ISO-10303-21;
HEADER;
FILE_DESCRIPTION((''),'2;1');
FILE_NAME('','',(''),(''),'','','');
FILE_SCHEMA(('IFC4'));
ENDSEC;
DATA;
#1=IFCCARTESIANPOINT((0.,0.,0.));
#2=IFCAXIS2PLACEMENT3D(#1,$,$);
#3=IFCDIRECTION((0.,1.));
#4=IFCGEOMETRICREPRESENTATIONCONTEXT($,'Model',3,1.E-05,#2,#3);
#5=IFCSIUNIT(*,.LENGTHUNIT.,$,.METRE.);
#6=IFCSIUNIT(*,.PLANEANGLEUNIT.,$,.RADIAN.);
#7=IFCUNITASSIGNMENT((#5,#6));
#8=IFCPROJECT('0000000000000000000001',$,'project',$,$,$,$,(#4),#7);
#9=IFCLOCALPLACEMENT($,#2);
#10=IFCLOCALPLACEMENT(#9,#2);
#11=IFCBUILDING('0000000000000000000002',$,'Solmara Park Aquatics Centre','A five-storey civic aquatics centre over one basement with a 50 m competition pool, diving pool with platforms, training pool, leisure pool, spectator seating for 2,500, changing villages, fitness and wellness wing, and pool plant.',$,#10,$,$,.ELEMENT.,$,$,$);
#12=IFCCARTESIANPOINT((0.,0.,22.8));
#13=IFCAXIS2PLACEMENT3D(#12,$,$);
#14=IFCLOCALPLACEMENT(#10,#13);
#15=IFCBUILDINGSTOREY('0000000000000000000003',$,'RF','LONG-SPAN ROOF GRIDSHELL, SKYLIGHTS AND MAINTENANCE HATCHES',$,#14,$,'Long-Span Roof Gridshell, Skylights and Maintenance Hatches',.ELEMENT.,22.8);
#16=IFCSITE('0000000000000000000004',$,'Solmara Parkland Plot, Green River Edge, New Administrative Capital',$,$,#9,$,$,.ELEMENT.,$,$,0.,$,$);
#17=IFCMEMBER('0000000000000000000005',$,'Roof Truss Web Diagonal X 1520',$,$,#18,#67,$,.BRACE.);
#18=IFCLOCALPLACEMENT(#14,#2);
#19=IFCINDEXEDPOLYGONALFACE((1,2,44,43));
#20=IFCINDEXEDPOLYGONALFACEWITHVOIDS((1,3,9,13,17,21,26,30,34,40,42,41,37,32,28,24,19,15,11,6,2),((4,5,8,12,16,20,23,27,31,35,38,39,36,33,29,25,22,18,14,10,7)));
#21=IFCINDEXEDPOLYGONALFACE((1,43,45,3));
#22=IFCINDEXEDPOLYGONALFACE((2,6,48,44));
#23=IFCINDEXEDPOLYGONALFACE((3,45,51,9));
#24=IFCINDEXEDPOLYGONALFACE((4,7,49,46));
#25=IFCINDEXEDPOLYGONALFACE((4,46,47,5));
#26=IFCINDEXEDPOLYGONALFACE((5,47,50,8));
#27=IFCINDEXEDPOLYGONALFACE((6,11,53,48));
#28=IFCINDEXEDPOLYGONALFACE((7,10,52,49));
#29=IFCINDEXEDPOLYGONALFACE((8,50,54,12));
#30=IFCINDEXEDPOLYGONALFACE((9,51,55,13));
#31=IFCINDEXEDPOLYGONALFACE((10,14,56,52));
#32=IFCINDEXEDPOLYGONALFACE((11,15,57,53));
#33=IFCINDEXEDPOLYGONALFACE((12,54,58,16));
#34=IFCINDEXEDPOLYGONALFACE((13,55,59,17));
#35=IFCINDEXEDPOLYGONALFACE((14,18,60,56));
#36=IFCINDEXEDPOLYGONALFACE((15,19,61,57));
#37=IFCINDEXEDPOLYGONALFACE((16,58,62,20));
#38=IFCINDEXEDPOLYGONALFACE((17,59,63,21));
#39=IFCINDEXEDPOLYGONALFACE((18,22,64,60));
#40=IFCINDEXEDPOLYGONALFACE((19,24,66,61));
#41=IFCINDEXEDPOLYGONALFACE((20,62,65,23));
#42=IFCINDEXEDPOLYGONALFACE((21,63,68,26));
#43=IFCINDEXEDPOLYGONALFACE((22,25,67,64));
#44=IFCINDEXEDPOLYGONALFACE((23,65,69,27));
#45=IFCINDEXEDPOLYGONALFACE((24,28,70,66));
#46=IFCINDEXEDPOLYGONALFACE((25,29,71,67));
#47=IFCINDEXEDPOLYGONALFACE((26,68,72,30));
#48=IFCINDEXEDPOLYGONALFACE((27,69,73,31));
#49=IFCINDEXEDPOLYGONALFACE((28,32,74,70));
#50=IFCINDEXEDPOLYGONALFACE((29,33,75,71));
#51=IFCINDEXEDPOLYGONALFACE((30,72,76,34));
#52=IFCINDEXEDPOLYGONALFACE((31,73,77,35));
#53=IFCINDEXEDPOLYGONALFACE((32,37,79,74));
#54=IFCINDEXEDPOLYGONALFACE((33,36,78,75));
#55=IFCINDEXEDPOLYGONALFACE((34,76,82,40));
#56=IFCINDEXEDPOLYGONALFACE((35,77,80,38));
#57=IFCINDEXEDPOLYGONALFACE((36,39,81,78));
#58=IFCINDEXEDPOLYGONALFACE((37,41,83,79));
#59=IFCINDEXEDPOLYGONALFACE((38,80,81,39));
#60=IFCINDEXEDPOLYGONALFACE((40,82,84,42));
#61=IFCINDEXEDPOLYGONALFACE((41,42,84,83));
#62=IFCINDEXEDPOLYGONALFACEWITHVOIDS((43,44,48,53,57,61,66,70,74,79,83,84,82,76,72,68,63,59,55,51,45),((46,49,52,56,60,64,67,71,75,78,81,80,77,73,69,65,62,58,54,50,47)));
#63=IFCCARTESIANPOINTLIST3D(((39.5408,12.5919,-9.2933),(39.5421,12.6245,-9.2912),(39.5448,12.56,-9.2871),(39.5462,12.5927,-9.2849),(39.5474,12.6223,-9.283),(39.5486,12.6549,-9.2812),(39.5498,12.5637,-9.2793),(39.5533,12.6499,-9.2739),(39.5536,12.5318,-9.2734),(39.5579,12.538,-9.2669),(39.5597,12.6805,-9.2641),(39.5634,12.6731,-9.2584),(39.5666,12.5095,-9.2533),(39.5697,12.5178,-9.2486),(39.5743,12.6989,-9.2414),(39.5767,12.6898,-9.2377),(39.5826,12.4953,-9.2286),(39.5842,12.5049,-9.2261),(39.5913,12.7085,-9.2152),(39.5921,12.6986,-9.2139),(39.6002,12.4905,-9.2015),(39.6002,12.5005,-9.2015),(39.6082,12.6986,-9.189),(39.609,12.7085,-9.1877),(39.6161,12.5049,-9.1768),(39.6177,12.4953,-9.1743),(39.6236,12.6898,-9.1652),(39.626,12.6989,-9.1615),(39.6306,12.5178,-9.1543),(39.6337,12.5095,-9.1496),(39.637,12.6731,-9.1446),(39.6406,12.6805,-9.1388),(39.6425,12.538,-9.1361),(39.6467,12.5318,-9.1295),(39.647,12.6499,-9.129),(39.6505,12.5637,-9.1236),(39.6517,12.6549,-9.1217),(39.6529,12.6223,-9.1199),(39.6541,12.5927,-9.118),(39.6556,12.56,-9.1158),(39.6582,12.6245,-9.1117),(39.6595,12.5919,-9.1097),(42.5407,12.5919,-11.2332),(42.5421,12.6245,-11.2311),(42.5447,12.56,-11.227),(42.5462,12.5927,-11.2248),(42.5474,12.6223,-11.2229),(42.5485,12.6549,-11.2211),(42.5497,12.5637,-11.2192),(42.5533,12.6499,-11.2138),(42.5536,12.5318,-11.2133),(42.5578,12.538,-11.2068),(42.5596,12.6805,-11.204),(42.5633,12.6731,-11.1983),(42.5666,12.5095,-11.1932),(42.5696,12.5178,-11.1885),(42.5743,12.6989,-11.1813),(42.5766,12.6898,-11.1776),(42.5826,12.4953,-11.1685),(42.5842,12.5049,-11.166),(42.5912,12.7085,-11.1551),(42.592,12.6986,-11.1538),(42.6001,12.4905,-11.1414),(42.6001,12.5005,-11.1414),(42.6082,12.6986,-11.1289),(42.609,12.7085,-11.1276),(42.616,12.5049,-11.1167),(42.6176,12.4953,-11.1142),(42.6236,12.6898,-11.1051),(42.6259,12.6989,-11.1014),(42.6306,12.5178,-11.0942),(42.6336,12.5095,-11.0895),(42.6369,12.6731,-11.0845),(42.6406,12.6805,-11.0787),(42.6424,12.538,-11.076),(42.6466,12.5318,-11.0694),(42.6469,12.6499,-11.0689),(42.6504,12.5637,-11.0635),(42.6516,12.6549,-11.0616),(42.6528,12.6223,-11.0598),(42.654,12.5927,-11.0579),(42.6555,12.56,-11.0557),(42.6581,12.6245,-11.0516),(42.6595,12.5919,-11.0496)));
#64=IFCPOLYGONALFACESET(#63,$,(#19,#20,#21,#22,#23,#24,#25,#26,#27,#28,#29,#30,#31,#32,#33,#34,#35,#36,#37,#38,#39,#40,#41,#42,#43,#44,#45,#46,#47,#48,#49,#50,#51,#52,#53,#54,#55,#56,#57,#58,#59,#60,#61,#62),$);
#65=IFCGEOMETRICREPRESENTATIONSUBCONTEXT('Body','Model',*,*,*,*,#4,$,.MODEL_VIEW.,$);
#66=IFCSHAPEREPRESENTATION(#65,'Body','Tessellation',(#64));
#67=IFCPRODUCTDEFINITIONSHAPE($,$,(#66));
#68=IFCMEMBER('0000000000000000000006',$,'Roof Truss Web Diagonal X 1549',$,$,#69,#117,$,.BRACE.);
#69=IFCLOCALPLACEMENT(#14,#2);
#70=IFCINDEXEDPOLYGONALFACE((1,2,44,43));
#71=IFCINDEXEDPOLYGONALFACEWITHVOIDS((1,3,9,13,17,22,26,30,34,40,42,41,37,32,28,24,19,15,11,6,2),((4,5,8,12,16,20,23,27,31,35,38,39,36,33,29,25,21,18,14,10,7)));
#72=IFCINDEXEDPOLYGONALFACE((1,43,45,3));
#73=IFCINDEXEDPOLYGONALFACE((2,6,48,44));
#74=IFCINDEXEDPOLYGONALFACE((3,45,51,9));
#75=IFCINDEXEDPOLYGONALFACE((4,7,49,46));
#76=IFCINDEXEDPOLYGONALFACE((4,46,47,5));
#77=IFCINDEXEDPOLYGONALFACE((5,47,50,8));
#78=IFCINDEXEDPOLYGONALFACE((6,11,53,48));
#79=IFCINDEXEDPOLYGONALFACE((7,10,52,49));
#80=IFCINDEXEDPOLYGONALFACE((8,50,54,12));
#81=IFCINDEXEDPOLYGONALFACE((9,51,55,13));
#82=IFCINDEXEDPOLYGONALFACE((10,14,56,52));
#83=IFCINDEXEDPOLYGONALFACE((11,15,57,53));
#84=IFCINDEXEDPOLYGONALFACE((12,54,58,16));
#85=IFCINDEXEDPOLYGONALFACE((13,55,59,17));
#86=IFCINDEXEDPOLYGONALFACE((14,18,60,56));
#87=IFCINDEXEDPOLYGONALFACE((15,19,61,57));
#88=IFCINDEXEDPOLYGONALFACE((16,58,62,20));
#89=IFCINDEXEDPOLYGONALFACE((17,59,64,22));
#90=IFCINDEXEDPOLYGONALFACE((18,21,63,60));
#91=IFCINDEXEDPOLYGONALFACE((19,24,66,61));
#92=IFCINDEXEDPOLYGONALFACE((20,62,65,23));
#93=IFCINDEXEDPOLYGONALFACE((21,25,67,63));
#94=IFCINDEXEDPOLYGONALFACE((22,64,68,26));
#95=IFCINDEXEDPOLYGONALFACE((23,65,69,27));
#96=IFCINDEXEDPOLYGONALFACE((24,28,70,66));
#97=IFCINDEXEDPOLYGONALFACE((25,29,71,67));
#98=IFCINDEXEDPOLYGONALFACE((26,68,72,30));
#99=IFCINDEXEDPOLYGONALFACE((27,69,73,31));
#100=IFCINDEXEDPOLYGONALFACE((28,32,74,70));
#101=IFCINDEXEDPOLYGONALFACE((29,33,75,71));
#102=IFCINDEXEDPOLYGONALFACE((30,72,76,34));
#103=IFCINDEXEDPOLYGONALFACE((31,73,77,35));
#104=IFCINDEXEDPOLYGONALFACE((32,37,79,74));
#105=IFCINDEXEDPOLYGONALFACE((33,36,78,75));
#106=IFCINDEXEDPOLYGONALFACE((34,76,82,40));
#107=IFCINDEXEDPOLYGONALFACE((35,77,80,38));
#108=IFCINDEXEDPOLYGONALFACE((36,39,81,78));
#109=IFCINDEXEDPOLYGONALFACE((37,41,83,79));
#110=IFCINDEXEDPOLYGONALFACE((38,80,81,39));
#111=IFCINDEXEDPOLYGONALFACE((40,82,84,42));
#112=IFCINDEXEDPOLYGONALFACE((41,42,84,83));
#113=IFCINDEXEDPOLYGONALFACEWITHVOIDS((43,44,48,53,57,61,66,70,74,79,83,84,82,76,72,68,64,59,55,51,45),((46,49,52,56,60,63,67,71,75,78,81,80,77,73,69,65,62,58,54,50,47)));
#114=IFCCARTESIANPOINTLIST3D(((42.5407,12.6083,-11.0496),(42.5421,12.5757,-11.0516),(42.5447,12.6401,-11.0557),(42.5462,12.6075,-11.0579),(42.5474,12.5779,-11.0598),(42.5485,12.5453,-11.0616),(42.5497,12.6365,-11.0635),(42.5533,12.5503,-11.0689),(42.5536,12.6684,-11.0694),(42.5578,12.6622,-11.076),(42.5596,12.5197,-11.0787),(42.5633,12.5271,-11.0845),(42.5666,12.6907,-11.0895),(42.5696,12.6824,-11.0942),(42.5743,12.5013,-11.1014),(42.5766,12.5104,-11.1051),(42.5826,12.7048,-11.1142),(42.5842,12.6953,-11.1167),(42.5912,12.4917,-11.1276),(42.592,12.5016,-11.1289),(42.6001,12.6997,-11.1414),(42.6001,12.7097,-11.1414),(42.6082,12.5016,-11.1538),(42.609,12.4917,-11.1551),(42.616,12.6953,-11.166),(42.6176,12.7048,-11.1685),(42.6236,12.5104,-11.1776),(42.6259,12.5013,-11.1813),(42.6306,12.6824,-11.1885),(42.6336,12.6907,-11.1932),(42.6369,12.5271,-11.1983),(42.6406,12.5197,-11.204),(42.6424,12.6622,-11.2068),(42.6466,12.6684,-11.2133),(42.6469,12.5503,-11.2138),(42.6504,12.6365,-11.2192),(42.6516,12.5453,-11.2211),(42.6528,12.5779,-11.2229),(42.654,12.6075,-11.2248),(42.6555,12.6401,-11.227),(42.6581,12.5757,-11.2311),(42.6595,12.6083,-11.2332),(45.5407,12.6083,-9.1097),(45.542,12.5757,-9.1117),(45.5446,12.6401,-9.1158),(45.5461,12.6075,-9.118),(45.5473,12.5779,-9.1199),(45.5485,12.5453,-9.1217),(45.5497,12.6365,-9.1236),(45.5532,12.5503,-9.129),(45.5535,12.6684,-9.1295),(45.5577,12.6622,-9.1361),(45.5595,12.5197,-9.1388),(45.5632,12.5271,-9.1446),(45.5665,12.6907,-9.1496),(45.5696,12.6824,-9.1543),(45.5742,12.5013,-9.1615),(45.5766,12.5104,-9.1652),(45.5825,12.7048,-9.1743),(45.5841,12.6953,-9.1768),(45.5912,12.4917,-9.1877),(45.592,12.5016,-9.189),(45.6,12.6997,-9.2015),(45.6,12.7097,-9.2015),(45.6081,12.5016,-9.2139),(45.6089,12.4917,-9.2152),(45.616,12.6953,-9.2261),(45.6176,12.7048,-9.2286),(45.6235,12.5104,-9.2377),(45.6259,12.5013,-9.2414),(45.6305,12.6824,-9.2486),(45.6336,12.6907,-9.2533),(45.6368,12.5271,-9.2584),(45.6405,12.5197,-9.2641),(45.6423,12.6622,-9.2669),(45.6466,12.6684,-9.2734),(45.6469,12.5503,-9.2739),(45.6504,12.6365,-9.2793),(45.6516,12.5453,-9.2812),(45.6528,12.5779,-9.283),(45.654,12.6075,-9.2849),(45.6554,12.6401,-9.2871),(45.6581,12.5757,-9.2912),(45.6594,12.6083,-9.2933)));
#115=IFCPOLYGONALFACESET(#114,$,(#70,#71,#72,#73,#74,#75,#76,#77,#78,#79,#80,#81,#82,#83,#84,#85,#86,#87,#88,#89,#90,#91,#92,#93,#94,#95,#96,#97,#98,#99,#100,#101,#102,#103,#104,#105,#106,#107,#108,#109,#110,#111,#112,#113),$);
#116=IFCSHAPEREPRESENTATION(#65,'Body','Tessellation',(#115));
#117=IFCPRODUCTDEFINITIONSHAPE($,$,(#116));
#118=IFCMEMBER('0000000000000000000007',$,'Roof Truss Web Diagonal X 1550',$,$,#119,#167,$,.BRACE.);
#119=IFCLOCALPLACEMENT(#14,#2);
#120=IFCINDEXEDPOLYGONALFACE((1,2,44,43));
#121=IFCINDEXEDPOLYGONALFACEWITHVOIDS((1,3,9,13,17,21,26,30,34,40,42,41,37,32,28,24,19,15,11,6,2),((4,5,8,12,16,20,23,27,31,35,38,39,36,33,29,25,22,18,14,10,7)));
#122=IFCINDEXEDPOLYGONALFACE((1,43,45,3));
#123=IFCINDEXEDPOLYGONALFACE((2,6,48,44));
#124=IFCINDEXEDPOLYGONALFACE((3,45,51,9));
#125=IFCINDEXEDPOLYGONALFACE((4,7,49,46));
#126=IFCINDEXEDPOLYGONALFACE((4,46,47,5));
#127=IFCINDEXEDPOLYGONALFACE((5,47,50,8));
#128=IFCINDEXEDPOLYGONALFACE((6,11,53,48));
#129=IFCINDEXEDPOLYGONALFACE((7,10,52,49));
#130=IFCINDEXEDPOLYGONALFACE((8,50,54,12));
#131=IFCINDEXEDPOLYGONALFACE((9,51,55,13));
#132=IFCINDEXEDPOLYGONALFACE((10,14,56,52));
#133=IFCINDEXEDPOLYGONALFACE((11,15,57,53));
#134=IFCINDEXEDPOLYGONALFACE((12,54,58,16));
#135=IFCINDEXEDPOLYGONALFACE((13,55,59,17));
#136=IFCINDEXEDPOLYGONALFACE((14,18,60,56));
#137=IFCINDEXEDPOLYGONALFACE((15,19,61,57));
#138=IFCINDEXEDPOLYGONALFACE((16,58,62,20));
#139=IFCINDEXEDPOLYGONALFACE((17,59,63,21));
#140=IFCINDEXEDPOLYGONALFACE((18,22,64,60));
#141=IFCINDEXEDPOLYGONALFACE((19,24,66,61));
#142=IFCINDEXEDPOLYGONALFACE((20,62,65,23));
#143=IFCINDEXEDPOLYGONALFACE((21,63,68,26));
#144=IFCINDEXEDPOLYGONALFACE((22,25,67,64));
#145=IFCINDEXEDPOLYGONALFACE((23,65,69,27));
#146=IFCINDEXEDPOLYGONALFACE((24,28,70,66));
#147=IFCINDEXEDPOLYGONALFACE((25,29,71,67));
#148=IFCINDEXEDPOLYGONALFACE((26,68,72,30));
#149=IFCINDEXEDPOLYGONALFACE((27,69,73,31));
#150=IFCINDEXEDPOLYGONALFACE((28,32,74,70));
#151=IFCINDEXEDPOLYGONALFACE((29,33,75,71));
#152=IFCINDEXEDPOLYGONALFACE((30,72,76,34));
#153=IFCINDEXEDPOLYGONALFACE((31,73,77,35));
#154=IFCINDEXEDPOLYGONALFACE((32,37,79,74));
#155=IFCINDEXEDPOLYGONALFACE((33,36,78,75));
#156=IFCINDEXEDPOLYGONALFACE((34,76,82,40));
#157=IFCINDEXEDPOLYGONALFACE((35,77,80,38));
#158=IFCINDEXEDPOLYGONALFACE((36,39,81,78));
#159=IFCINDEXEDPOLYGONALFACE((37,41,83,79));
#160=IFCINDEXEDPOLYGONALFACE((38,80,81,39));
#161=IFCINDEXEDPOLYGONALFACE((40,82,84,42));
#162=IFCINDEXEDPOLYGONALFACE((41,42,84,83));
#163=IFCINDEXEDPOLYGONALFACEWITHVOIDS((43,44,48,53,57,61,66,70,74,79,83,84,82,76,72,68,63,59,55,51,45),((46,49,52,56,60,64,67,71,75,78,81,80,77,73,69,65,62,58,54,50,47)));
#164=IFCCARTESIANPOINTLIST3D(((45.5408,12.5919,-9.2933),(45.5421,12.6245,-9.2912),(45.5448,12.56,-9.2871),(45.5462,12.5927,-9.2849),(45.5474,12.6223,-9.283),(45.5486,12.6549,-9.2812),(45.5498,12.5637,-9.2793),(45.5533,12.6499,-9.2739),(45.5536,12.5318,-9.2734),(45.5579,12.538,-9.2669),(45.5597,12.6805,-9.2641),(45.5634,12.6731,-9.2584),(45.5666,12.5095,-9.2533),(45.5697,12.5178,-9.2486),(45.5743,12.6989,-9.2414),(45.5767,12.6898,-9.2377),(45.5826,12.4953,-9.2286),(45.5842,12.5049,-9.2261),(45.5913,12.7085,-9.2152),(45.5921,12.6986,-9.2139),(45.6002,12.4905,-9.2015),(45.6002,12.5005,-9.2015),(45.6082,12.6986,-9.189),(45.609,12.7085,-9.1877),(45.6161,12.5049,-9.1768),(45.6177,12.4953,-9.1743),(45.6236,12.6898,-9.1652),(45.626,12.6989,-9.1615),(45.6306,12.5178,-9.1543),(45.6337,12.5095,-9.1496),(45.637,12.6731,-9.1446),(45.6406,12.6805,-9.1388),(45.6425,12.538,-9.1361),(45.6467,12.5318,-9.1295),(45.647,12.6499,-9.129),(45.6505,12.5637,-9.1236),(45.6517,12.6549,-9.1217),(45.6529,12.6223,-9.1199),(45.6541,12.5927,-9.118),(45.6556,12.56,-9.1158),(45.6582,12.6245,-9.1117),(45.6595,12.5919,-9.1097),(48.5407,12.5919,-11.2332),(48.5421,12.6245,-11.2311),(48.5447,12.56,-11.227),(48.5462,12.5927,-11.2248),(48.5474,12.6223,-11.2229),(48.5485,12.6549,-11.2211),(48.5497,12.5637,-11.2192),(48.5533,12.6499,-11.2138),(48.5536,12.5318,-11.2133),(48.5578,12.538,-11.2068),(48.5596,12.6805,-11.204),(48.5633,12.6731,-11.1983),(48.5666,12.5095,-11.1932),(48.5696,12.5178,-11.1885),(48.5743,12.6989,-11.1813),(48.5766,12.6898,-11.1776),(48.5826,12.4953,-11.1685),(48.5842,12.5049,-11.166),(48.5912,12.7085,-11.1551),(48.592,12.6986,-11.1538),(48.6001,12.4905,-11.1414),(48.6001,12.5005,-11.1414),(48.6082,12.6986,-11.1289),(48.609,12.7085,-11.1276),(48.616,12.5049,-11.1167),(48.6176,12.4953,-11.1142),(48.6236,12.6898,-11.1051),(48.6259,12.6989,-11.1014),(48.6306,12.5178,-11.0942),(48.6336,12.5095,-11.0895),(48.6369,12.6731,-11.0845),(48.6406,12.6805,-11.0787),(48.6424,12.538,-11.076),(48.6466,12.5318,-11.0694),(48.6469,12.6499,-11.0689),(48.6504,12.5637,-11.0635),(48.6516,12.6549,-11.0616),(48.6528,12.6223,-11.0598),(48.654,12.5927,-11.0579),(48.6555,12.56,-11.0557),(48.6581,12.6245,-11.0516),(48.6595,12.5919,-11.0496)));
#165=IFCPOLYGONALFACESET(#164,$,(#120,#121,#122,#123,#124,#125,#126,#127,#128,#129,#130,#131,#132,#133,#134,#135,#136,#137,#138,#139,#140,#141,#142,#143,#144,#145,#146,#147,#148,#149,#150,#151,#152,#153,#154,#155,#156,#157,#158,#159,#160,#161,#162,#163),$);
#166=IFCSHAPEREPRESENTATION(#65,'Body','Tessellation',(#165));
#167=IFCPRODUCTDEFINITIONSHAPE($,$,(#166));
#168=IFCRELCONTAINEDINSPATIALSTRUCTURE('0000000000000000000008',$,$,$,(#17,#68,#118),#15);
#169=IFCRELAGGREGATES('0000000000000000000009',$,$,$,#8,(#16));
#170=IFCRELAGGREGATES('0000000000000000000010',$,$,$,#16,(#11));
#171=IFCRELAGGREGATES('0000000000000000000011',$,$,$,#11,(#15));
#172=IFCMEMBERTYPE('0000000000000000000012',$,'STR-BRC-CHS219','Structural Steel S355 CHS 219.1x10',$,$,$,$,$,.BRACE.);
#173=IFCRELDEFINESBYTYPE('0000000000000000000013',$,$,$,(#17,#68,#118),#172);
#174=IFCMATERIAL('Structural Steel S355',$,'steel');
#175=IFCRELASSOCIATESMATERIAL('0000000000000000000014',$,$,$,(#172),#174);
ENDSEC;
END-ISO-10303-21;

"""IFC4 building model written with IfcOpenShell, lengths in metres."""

from ifc_helpers import new_model, si_unit, direction, frame, origin, origin_2d, place, context, subcontext, project, spatial, hollow_circle, extrude, material, material_profile, profile_set, type_object, element, save


model = new_model("IFC4")

# Units and contexts
model_context = context("Model", 3, precision=1e-05, world=origin(), true_north=direction((0.0, 1.0)))
body_context = subcontext(model_context, "Body", "Model", "MODEL_VIEW")
ifc_project = project(units=[si_unit("LENGTHUNIT", "METRE"), si_unit("PLANEANGLEUNIT", "RADIAN")], contexts=[model_context])

# Site, building, storey
site_placement = place(None, origin())
site = spatial("IfcSite", under=ifc_project, at=site_placement, Name="Solmara Parkland Plot, Green River Edge, New Administrative Capital", CompositionType="ELEMENT", RefElevation=0.0)
building_placement = place(site_placement, origin())
building = spatial("IfcBuilding", under=site, at=building_placement, Name="Solmara Park Aquatics Centre", Description="A five-storey civic aquatics centre over one basement with a 50 m competition pool, diving pool with platforms, training pool, leisure pool, spectator seating for 2,500, changing villages, fitness and wellness wing, and pool plant.", CompositionType="ELEMENT")
storey_placement = place(building_placement, frame((0.0, 0.0, 22.8)))
storey = spatial("IfcBuildingStorey", under=building, at=storey_placement, Name="RF", Description="LONG-SPAN ROOF GRIDSHELL, SKYLIGHTS AND MAINTENANCE HATCHES", LongName="Long-Span Roof Gridshell, Skylights and Maintenance Hatches", CompositionType="ELEMENT", Elevation=22.8)

# Members
ifc_material_1 = material(Name="Structural Steel S355", Category="steel")
ifc_material_profile_1 = material_profile(ifc_material_1, hollow_circle(Radius=0.1096, WallThickness=0.01, at=origin_2d()), Name="CHS 219.1x10")
ifc_profile_set_1 = profile_set([ifc_material_profile_1], Name="Structural Steel S355")
member_type_1 = type_object("IfcMemberType", Name="STR-BRC-CHS219", Description="Structural Steel S355 CHS 219.1x10", PredefinedType="BRACE", material=ifc_profile_set_1)
for number, where, z_axis, x_axis, name in (
    (1, (42.6001, 12.6001, -11.1414), (-0.839728, 0.0, 0.543008), (0.0, -1.0, 0.0), "Roof Truss Web Diagonal X 1520"),
    (2, (42.6001, 12.6001, -11.1414), (0.839728, 0.0, 0.543008), (0.0, 1.0, 0.0), "Roof Truss Web Diagonal X 1549"),
    (3, (48.6001, 12.6001, -11.1414), (-0.839728, 0.0, 0.543008), (0.0, -1.0, 0.0), "Roof Truss Web Diagonal X 1550"),
):
    element("IfcMember", number, at=place(storey_placement, frame(where, z_axis=z_axis, x_axis=x_axis)), inside=storey, type_object=member_type_1, Name=name, PredefinedType="BRACE", context=body_context, shape_type="SweptSolid", body=[
        extrude(hollow_circle(Radius=0.1096, WallThickness=0.01, at=origin_2d()), origin(), (0.0, 0.0, 1.0), 3.5725),
    ])

save(model, "model.ifc")
